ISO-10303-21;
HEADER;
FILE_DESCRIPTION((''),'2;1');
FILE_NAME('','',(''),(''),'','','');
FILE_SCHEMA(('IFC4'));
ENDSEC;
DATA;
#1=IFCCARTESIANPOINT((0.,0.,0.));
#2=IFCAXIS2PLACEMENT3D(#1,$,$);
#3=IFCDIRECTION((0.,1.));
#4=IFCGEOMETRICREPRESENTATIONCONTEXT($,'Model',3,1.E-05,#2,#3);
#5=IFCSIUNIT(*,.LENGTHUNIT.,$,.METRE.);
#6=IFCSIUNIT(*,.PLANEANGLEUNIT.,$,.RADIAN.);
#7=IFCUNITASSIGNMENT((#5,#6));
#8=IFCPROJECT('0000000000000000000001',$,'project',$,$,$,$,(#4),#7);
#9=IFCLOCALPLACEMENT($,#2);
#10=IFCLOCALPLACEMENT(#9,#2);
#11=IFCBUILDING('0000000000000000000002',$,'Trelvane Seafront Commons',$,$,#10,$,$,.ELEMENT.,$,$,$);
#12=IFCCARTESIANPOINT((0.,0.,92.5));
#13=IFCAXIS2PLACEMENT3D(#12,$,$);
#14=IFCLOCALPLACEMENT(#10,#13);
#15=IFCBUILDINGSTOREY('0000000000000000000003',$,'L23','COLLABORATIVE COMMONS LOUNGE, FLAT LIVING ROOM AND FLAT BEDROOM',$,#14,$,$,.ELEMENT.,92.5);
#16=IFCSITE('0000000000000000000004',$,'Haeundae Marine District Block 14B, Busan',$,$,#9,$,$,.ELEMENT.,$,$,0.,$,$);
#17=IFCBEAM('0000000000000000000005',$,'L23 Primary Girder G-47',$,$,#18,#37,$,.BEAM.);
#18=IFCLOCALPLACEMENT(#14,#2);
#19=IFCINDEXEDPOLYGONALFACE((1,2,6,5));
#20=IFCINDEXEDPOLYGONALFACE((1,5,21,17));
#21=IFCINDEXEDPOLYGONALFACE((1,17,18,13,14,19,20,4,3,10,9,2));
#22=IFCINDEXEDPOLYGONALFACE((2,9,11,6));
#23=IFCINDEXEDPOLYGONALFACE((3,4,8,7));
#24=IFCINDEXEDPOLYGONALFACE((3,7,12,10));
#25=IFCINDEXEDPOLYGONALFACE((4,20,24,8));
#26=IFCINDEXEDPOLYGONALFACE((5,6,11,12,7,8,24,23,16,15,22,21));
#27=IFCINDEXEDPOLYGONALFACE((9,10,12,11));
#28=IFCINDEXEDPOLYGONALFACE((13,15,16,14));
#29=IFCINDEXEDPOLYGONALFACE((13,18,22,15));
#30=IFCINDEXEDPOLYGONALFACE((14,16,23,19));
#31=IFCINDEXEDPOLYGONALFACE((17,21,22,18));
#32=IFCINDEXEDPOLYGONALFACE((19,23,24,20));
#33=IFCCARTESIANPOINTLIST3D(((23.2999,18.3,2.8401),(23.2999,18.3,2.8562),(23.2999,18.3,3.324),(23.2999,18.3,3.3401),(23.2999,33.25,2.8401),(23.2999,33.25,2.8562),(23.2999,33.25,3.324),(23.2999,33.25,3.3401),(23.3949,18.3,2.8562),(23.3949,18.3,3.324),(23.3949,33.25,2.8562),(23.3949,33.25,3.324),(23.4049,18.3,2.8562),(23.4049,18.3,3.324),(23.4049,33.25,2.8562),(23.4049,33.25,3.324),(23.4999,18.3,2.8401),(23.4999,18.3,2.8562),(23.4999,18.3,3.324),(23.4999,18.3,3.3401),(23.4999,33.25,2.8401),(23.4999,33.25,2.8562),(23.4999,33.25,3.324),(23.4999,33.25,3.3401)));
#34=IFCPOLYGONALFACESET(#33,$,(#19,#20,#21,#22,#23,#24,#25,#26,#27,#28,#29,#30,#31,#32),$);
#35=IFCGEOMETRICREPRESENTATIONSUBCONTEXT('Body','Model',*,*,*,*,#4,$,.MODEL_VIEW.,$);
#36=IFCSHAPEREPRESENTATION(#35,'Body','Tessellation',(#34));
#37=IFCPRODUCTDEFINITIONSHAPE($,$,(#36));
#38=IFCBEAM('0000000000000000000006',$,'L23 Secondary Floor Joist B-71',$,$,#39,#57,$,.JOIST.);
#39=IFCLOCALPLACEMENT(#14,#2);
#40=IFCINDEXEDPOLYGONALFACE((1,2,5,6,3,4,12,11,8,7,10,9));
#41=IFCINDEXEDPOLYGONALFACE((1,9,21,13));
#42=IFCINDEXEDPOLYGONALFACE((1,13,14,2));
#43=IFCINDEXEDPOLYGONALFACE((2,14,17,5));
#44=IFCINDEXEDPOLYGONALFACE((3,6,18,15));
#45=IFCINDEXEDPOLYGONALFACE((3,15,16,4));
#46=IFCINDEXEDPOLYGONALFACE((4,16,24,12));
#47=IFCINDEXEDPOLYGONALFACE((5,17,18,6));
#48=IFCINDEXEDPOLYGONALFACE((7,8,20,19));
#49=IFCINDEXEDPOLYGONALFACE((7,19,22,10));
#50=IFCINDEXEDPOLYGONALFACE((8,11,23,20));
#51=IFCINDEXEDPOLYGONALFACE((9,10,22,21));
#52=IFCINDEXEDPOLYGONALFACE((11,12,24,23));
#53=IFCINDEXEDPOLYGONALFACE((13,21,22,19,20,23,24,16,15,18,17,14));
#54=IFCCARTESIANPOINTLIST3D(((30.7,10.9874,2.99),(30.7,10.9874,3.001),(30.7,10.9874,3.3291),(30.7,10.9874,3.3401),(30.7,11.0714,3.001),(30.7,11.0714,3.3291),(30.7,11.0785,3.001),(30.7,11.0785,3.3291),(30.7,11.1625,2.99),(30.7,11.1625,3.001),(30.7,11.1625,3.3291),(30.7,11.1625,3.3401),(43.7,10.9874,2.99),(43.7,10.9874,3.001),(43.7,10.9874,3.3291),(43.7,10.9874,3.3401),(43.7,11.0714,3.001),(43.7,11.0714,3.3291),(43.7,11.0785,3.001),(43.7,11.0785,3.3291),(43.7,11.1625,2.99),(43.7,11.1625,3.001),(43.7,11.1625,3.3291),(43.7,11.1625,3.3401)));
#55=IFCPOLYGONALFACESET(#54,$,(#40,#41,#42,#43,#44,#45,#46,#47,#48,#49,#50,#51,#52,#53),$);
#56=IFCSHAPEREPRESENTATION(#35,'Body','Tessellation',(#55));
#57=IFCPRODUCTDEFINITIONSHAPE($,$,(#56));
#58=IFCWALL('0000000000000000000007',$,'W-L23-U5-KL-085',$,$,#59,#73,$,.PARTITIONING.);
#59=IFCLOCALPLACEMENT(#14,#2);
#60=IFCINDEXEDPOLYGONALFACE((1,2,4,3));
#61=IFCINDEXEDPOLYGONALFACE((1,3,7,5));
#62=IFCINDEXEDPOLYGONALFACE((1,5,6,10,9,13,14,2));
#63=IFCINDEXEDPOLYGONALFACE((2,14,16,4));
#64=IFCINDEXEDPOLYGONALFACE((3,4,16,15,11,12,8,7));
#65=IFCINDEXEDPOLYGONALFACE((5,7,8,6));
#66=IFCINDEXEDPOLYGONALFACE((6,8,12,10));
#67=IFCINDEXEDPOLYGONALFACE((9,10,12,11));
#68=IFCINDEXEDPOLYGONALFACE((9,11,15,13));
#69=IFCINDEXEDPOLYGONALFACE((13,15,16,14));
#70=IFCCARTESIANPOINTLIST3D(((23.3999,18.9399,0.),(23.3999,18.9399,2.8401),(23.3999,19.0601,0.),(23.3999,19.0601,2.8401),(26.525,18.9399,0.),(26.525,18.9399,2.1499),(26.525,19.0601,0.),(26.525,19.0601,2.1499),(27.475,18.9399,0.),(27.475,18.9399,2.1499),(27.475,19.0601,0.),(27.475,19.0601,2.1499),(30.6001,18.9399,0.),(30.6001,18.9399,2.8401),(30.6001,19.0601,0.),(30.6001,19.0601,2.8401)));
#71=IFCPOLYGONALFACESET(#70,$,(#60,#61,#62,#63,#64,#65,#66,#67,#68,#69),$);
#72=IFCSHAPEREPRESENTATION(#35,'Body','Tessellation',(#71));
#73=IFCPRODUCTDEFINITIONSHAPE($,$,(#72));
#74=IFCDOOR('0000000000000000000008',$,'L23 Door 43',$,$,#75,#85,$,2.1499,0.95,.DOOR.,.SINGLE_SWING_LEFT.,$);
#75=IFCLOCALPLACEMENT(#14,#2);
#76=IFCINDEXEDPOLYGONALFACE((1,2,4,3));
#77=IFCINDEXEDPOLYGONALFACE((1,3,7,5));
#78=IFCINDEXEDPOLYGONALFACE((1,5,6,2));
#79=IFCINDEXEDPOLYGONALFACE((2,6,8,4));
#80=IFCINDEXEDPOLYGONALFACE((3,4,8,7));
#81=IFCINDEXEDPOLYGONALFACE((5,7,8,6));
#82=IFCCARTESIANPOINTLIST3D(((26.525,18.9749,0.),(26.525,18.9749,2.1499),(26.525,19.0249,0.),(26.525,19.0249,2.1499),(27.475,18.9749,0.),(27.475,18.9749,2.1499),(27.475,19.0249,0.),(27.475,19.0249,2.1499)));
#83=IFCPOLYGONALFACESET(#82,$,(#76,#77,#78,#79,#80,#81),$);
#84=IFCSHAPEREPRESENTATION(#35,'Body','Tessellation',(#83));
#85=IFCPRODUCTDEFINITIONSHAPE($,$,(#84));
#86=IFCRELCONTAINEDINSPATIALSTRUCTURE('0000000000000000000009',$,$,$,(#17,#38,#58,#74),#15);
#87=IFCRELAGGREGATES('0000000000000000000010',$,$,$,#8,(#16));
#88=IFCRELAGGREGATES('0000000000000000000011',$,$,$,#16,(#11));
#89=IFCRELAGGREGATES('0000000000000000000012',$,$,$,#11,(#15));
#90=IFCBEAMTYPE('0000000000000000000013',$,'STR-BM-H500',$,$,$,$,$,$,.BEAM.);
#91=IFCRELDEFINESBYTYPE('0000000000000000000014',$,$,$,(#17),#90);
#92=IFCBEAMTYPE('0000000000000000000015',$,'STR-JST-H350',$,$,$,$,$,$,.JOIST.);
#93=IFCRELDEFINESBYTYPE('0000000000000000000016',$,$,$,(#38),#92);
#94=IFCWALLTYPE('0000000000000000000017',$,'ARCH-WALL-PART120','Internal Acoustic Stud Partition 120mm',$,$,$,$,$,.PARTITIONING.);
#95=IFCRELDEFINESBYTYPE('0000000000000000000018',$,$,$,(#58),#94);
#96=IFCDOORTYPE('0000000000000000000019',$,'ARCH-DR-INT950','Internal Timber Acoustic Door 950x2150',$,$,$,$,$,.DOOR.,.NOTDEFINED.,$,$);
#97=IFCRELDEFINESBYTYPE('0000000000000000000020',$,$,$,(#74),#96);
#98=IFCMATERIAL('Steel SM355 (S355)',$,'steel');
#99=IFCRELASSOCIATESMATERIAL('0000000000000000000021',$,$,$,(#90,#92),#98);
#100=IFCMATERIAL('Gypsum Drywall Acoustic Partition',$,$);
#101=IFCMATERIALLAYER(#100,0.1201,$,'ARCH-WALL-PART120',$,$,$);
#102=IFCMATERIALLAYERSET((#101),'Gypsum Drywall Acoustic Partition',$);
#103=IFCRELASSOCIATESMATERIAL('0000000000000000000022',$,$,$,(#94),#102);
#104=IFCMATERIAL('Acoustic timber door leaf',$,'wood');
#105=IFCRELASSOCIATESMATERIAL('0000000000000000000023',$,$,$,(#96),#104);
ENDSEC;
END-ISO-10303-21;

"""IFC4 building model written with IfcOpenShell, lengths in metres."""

from ifc_helpers import new_model, si_unit, direction, frame, frame_2d, origin, origin_2d, place, context, subcontext, project, spatial, rectangle, i_section, extrude, source, transform, mapped, material, layer, layer_set, material_profile, profile_set, type_object, element, fill, save


model = new_model("IFC4")

# Units and contexts
model_context = context("Model", 3, precision=1e-05, world=origin(), true_north=direction((0.0, 1.0)))
body_context = subcontext(model_context, "Body", "Model", "MODEL_VIEW")
ifc_project = project(units=[si_unit("LENGTHUNIT", "METRE"), si_unit("PLANEANGLEUNIT", "RADIAN")], contexts=[model_context])

# Site, building, storey
site_placement = place(None, origin())
site = spatial("IfcSite", under=ifc_project, at=site_placement, Name="Haeundae Marine District Block 14B, Busan", CompositionType="ELEMENT", RefElevation=0.0)
building_placement = place(site_placement, origin())
building = spatial("IfcBuilding", under=site, at=building_placement, Name="Trelvane Seafront Commons", CompositionType="ELEMENT")
storey_placement = place(building_placement, frame((0.0, 0.0, 92.5)))
storey = spatial("IfcBuildingStorey", under=building, at=storey_placement, Name="L23", Description="COLLABORATIVE COMMONS LOUNGE, FLAT LIVING ROOM AND FLAT BEDROOM", CompositionType="ELEMENT", Elevation=92.5)

# Shared definitions
ifc_material_1 = material(Name="Steel SM355 (S355)", Category="steel")

# Beams
ifc_material_profile_1 = material_profile(ifc_material_1, i_section(OverallWidth=0.2, OverallDepth=0.5, WebThickness=0.01, FlangeThickness=0.0161, at=origin_2d()), Name="H-500x200x10x16")
ifc_profile_set_1 = profile_set([ifc_material_profile_1], Name="Steel SM355 (S355)")
beam_type_1 = type_object("IfcBeamType", Name="STR-BM-H500", PredefinedType="BEAM", material=ifc_profile_set_1)
shared_shape_1 = source(origin(), body_context, "Body", "SweptSolid", [
    extrude(i_section(OverallWidth=0.2, OverallDepth=0.5, WebThickness=0.01, FlangeThickness=0.0161, at=origin_2d()), origin(), (0.0, 0.0, 1.0), 14.95),
])
beam_1_placement = place(storey_placement, frame((23.3999, 18.3, 3.0901), z_axis=(0.0, 1.0, 0.0), x_axis=(-1.0, 0.0, 0.0)))
element("IfcBeam", 1, at=beam_1_placement, inside=storey, type_object=beam_type_1, Name="L23 Primary Girder G-47", PredefinedType="BEAM", context=body_context, shape_type="MappedRepresentation", body=[
    mapped(shared_shape_1, transform((0.0, 0.0, 0.0), x_axis=(1.0, 0.0, 0.0), y_axis=(0.0, 1.0, 0.0), z_axis=(0.0, 0.0, 1.0), scale=1.0)),
])
ifc_material_profile_2 = material_profile(ifc_material_1, i_section(OverallWidth=0.175, OverallDepth=0.3501, WebThickness=0.0071, FlangeThickness=0.011, at=origin_2d()), Name="H-350x175x7x11")
ifc_profile_set_2 = profile_set([ifc_material_profile_2], Name="Steel SM355 (S355)")
beam_type_2 = type_object("IfcBeamType", Name="STR-JST-H350", PredefinedType="JOIST", material=ifc_profile_set_2)
shared_shape_2 = source(origin(), body_context, "Body", "SweptSolid", [
    extrude(i_section(OverallWidth=0.175, OverallDepth=0.3501, WebThickness=0.0071, FlangeThickness=0.011, at=origin_2d()), origin(), (0.0, 0.0, 1.0), 13.0),
])
beam_2_placement = place(storey_placement, frame((30.7, 11.075, 3.165), z_axis=(1.0, 0.0, 0.0), x_axis=(0.0, 1.0, 0.0)))
element("IfcBeam", 2, at=beam_2_placement, inside=storey, type_object=beam_type_2, Name="L23 Secondary Floor Joist B-71", PredefinedType="JOIST", context=body_context, shape_type="MappedRepresentation", body=[
    mapped(shared_shape_2, transform((0.0, 0.0, 0.0), x_axis=(1.0, 0.0, 0.0), y_axis=(0.0, 1.0, 0.0), z_axis=(0.0, 0.0, 1.0), scale=1.0)),
])

# Wall, opening, door
ifc_material_2 = material(Name="Gypsum Drywall Acoustic Partition")
ifc_layer = layer(ifc_material_2, 0.1201, Name="ARCH-WALL-PART120")
ifc_layer_set = layer_set([ifc_layer], Name="Gypsum Drywall Acoustic Partition")
wall_type = type_object("IfcWallType", Name="ARCH-WALL-PART120", Description="Internal Acoustic Stud Partition 120mm", PredefinedType="PARTITIONING", material=ifc_layer_set)
ifc_material_3 = material(Name="Acoustic timber door leaf", Category="wood")
door_type = type_object("IfcDoorType", Name="ARCH-DR-INT950", Description="Internal Timber Acoustic Door 950x2150", OperationType="NOTDEFINED", PredefinedType="DOOR", material=ifc_material_3)
shared_shape_3 = source(origin(), body_context, "Body", "SweptSolid", [
    extrude(rectangle(XDim=0.95, YDim=2.1499, at=frame_2d((0.4751, 1.075))), frame((0.0, 0.0249, 0.0), z_axis=(0.0, -1.0, 0.0), x_axis=(1.0, 0.0, 0.0)), (0.0, 0.0, 1.0), 0.05),
])
wall_1_placement = place(storey_placement, frame((23.3999, 19.0, 0.0), z_axis=(0.0, 0.0, 1.0), x_axis=(1.0, 0.0, 0.0)))
wall_1 = element("IfcWall", 3, at=wall_1_placement, inside=storey, type_object=wall_type, Name="W-L23-U5-KL-085", PredefinedType="PARTITIONING", context=body_context, shape_type="SweptSolid", body=[
    extrude(rectangle(XDim=7.2002, YDim=0.1201, at=frame_2d((3.6001, 0.0))), origin(), (0.0, 0.0, 1.0), 2.8401),
])
opening_1_placement = place(wall_1_placement, frame((3.125, 0.0, 0.0)))
opening_1 = element("IfcOpeningElement", 4, at=opening_1_placement, cuts=wall_1, PredefinedType="OPENING", context=body_context, shape_type="SweptSolid", body=[
    extrude(rectangle(XDim=0.95, YDim=2.1499, at=frame_2d((0.4751, 1.075))), frame((0.0, 0.0701, 0.0), z_axis=(0.0, -1.0, 0.0), x_axis=(1.0, 0.0, 0.0)), (0.0, 0.0, 1.0), 0.1401),
])
door_1_placement = place(opening_1_placement, origin())
door_1 = element("IfcDoor", 5, at=door_1_placement, inside=storey, type_object=door_type, Name="L23 Door 43", OperationType="SINGLE_SWING_LEFT", OverallHeight=2.1499, OverallWidth=0.95, PredefinedType="DOOR", context=body_context, shape_type="MappedRepresentation", body=[
    mapped(shared_shape_3, transform((0.0, 0.0, 0.0), x_axis=(1.0, 0.0, 0.0), y_axis=(0.0, 1.0, 0.0), z_axis=(0.0, 0.0, 1.0), scale=1.0)),
])
fill(opening_1, door_1)

save(model, "model.ifc")
